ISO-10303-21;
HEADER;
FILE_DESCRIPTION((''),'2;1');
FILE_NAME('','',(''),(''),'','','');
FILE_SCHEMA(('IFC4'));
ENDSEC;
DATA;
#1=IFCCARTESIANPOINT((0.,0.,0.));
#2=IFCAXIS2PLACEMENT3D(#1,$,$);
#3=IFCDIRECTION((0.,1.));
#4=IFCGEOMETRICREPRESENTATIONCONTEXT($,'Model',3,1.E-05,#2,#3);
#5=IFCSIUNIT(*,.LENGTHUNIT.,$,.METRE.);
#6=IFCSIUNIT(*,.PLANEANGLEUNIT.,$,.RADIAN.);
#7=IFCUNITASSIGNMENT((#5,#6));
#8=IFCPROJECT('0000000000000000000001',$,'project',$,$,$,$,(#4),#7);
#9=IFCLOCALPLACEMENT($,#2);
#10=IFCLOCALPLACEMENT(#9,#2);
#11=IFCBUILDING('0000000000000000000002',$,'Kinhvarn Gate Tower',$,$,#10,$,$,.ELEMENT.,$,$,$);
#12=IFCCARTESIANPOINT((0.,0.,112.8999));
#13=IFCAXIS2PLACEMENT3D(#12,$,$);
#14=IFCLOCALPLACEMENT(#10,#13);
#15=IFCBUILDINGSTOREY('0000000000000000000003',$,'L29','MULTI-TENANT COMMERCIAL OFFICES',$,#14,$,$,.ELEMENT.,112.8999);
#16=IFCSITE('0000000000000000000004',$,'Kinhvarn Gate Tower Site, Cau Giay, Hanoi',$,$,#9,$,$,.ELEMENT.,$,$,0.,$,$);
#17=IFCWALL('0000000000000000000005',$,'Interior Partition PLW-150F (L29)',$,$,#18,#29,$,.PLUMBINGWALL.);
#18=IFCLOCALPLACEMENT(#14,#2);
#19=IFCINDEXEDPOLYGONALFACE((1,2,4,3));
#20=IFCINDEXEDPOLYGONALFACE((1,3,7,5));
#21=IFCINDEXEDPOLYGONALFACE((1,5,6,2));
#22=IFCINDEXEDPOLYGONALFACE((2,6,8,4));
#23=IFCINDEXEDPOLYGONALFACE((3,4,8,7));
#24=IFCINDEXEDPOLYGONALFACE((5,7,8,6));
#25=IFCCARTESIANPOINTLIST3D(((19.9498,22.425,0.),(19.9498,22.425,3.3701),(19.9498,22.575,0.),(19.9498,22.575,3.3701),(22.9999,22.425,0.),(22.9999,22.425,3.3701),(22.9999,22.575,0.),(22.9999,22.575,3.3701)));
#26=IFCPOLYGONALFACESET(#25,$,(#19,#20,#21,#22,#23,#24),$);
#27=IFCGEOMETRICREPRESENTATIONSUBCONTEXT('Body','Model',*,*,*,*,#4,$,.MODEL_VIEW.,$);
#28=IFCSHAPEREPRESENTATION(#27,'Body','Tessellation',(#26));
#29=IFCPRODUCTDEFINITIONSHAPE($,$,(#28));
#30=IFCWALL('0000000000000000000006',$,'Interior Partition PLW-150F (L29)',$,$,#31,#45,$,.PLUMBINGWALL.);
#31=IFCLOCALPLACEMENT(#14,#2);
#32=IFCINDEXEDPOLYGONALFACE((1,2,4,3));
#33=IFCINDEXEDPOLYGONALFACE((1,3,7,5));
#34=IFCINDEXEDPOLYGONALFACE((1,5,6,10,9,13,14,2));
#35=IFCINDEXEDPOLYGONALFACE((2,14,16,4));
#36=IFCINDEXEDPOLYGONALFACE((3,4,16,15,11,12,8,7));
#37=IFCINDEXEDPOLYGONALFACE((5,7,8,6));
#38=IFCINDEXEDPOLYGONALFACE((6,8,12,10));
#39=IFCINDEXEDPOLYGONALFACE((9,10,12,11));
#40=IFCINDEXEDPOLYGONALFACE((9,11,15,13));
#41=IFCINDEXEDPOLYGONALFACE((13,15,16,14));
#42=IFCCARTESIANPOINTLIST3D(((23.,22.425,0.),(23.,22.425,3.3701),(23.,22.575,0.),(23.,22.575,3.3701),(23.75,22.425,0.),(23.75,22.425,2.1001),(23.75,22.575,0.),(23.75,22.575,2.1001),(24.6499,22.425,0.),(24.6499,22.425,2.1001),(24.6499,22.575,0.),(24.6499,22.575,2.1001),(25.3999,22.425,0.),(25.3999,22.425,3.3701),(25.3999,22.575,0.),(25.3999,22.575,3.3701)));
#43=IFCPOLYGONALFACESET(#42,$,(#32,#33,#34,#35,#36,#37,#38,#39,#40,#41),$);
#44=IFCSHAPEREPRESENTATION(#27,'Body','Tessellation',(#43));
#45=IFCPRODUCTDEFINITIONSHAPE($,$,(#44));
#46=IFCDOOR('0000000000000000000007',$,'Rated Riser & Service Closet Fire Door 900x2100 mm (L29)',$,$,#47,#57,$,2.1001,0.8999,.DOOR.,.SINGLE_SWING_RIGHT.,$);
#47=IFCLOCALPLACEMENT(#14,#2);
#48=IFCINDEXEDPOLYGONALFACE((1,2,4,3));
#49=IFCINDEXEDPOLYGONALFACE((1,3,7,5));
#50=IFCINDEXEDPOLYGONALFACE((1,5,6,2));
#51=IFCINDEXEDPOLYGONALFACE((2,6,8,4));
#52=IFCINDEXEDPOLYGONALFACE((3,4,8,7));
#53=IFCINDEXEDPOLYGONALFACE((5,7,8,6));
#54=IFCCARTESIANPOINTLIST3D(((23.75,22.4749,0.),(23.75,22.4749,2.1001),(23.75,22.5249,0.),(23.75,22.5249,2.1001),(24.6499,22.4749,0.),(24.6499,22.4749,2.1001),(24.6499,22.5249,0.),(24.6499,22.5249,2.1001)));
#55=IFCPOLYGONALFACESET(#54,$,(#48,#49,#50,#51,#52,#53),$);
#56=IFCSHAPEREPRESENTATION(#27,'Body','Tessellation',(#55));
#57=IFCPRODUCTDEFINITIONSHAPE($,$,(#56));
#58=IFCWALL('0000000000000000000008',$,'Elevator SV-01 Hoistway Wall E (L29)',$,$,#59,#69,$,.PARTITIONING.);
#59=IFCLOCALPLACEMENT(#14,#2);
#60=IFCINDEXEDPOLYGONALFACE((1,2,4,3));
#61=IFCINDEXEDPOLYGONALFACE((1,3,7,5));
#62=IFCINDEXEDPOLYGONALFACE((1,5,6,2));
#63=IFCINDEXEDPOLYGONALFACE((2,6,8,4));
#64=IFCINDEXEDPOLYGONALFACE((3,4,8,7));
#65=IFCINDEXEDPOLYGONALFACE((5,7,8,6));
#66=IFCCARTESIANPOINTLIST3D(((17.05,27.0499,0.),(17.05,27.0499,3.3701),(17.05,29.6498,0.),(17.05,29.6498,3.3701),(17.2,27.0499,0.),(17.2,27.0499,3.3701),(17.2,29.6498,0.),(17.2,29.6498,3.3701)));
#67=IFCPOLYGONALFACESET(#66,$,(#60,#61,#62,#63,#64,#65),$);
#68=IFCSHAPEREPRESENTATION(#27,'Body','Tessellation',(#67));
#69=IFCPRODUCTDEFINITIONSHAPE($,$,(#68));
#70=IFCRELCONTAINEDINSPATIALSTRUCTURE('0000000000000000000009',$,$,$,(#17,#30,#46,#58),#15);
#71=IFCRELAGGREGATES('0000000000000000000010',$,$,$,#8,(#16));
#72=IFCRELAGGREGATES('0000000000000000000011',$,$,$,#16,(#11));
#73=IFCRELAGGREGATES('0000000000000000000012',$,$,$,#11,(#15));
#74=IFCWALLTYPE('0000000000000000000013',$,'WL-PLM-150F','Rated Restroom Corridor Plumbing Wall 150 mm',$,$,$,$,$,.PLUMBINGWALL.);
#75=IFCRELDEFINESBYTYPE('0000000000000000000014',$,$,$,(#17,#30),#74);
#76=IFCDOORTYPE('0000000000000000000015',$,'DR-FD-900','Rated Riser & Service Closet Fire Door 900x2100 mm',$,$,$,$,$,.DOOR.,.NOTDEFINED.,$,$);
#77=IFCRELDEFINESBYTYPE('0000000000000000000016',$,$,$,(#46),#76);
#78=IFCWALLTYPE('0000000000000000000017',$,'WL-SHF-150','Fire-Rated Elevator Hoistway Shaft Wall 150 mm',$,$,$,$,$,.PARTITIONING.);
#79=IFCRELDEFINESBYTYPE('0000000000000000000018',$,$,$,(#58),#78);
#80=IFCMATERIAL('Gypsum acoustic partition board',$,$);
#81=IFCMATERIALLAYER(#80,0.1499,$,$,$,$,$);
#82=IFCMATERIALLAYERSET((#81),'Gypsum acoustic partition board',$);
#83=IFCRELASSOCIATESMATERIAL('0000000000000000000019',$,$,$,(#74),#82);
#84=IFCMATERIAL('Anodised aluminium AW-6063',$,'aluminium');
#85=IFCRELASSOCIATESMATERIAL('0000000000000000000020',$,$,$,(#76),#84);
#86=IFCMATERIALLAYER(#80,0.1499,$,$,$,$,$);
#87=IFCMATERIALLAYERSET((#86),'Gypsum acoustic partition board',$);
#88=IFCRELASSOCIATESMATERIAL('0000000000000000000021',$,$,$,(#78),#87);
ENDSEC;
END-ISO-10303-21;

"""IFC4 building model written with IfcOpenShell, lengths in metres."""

from ifc_helpers import new_model, si_unit, direction, frame, frame_2d, origin, place, context, subcontext, project, spatial, rectangle, extrude, material, layer, layer_set, type_object, element, fill, save


model = new_model("IFC4")

# Units and contexts
model_context = context("Model", 3, precision=1e-05, world=origin(), true_north=direction((0.0, 1.0)))
body_context = subcontext(model_context, "Body", "Model", "MODEL_VIEW")
ifc_project = project(units=[si_unit("LENGTHUNIT", "METRE"), si_unit("PLANEANGLEUNIT", "RADIAN")], contexts=[model_context])

# Site, building, storey
site_placement = place(None, origin())
site = spatial("IfcSite", under=ifc_project, at=site_placement, Name="Kinhvarn Gate Tower Site, Cau Giay, Hanoi", CompositionType="ELEMENT", RefElevation=0.0)
building_placement = place(site_placement, origin())
building = spatial("IfcBuilding", under=site, at=building_placement, Name="Kinhvarn Gate Tower", CompositionType="ELEMENT")
storey_placement = place(building_placement, frame((0.0, 0.0, 112.8999)))
storey = spatial("IfcBuildingStorey", under=building, at=storey_placement, Name="L29", Description="MULTI-TENANT COMMERCIAL OFFICES", CompositionType="ELEMENT", Elevation=112.8999)

# Shared definitions
ifc_material_1 = material(Name="Anodised aluminium AW-6063", Category="aluminium")

# Shared definitions
ifc_material_2 = material(Name="Gypsum acoustic partition board")

# Shared definitions
ifc_layer_1 = layer(ifc_material_2, 0.1499)
ifc_layer_set_1 = layer_set([ifc_layer_1], Name="Gypsum acoustic partition board")
wall_type_1 = type_object("IfcWallType", Name="WL-PLM-150F", Description="Rated Restroom Corridor Plumbing Wall 150 mm", PredefinedType="PLUMBINGWALL", material=ifc_layer_set_1)
door_type_1 = type_object("IfcDoorType", Name="DR-FD-900", Description="Rated Riser & Service Closet Fire Door 900x2100 mm", OperationType="NOTDEFINED", PredefinedType="DOOR", material=ifc_material_1)

# Wall
wall_1_placement = place(storey_placement, frame((19.95, 22.5, 0.0), z_axis=(0.0, 0.0, 1.0), x_axis=(1.0, 0.0, 0.0)))
element("IfcWall", 1, at=wall_1_placement, inside=storey, type_object=wall_type_1, Name="Interior Partition PLW-150F (L29)", PredefinedType="PLUMBINGWALL", context=body_context, shape_type="SweptSolid", body=[
    extrude(rectangle(XDim=3.05, YDim=0.1499, at=frame_2d((1.5249, 0.0))), origin(), (0.0, 0.0, 1.0), 3.3701),
])

# Wall, opening, door
wall_2_placement = place(storey_placement, frame((23.0, 22.5, 0.0), z_axis=(0.0, 0.0, 1.0), x_axis=(1.0, 0.0, 0.0)))
wall_2 = element("IfcWall", 2, at=wall_2_placement, inside=storey, type_object=wall_type_1, Name="Interior Partition PLW-150F (L29)", PredefinedType="PLUMBINGWALL", context=body_context, shape_type="SweptSolid", body=[
    extrude(rectangle(XDim=2.3999, YDim=0.1499, at=frame_2d((1.2, 0.0))), origin(), (0.0, 0.0, 1.0), 3.3701),
])
opening_1_placement = place(wall_2_placement, frame((0.75, 0.0, 0.0)))
opening_1 = element("IfcOpeningElement", 3, at=opening_1_placement, cuts=wall_2, PredefinedType="OPENING", context=body_context, shape_type="SweptSolid", body=[
    extrude(rectangle(XDim=0.8999, YDim=2.1001, at=frame_2d((0.45, 1.05))), frame((0.0, 0.085, 0.0), z_axis=(0.0, -1.0, 0.0), x_axis=(1.0, 0.0, 0.0)), (0.0, 0.0, 1.0), 0.1699),
])
door_1_placement = place(opening_1_placement, origin())
door_1 = element("IfcDoor", 4, at=door_1_placement, inside=storey, type_object=door_type_1, Name="Rated Riser & Service Closet Fire Door 900x2100 mm (L29)", OperationType="SINGLE_SWING_RIGHT", OverallHeight=2.1001, OverallWidth=0.8999, PredefinedType="DOOR", context=body_context, shape_type="SweptSolid", body=[
    extrude(rectangle(XDim=0.8999, YDim=2.1001, at=frame_2d((0.45, 1.05))), frame((0.0, 0.0249, 0.0), z_axis=(0.0, -1.0, 0.0), x_axis=(1.0, 0.0, 0.0)), (0.0, 0.0, 1.0), 0.05),
])
fill(opening_1, door_1)

# Wall
ifc_layer_2 = layer(ifc_material_2, 0.1499)
ifc_layer_set_2 = layer_set([ifc_layer_2], Name="Gypsum acoustic partition board")
wall_type_2 = type_object("IfcWallType", Name="WL-SHF-150", Description="Fire-Rated Elevator Hoistway Shaft Wall 150 mm", PredefinedType="PARTITIONING", material=ifc_layer_set_2)
wall_3_placement = place(storey_placement, frame((17.125, 27.05, 0.0), z_axis=(0.0, 0.0, 1.0), x_axis=(0.0, 1.0, 0.0)))
element("IfcWall", 5, at=wall_3_placement, inside=storey, type_object=wall_type_2, Name="Elevator SV-01 Hoistway Wall E (L29)", PredefinedType="PARTITIONING", context=body_context, shape_type="SweptSolid", body=[
    extrude(rectangle(XDim=2.5999, YDim=0.1499, at=frame_2d((1.2998, 0.0))), origin(), (0.0, 0.0, 1.0), 3.3701),
])

save(model, "model.ifc")
